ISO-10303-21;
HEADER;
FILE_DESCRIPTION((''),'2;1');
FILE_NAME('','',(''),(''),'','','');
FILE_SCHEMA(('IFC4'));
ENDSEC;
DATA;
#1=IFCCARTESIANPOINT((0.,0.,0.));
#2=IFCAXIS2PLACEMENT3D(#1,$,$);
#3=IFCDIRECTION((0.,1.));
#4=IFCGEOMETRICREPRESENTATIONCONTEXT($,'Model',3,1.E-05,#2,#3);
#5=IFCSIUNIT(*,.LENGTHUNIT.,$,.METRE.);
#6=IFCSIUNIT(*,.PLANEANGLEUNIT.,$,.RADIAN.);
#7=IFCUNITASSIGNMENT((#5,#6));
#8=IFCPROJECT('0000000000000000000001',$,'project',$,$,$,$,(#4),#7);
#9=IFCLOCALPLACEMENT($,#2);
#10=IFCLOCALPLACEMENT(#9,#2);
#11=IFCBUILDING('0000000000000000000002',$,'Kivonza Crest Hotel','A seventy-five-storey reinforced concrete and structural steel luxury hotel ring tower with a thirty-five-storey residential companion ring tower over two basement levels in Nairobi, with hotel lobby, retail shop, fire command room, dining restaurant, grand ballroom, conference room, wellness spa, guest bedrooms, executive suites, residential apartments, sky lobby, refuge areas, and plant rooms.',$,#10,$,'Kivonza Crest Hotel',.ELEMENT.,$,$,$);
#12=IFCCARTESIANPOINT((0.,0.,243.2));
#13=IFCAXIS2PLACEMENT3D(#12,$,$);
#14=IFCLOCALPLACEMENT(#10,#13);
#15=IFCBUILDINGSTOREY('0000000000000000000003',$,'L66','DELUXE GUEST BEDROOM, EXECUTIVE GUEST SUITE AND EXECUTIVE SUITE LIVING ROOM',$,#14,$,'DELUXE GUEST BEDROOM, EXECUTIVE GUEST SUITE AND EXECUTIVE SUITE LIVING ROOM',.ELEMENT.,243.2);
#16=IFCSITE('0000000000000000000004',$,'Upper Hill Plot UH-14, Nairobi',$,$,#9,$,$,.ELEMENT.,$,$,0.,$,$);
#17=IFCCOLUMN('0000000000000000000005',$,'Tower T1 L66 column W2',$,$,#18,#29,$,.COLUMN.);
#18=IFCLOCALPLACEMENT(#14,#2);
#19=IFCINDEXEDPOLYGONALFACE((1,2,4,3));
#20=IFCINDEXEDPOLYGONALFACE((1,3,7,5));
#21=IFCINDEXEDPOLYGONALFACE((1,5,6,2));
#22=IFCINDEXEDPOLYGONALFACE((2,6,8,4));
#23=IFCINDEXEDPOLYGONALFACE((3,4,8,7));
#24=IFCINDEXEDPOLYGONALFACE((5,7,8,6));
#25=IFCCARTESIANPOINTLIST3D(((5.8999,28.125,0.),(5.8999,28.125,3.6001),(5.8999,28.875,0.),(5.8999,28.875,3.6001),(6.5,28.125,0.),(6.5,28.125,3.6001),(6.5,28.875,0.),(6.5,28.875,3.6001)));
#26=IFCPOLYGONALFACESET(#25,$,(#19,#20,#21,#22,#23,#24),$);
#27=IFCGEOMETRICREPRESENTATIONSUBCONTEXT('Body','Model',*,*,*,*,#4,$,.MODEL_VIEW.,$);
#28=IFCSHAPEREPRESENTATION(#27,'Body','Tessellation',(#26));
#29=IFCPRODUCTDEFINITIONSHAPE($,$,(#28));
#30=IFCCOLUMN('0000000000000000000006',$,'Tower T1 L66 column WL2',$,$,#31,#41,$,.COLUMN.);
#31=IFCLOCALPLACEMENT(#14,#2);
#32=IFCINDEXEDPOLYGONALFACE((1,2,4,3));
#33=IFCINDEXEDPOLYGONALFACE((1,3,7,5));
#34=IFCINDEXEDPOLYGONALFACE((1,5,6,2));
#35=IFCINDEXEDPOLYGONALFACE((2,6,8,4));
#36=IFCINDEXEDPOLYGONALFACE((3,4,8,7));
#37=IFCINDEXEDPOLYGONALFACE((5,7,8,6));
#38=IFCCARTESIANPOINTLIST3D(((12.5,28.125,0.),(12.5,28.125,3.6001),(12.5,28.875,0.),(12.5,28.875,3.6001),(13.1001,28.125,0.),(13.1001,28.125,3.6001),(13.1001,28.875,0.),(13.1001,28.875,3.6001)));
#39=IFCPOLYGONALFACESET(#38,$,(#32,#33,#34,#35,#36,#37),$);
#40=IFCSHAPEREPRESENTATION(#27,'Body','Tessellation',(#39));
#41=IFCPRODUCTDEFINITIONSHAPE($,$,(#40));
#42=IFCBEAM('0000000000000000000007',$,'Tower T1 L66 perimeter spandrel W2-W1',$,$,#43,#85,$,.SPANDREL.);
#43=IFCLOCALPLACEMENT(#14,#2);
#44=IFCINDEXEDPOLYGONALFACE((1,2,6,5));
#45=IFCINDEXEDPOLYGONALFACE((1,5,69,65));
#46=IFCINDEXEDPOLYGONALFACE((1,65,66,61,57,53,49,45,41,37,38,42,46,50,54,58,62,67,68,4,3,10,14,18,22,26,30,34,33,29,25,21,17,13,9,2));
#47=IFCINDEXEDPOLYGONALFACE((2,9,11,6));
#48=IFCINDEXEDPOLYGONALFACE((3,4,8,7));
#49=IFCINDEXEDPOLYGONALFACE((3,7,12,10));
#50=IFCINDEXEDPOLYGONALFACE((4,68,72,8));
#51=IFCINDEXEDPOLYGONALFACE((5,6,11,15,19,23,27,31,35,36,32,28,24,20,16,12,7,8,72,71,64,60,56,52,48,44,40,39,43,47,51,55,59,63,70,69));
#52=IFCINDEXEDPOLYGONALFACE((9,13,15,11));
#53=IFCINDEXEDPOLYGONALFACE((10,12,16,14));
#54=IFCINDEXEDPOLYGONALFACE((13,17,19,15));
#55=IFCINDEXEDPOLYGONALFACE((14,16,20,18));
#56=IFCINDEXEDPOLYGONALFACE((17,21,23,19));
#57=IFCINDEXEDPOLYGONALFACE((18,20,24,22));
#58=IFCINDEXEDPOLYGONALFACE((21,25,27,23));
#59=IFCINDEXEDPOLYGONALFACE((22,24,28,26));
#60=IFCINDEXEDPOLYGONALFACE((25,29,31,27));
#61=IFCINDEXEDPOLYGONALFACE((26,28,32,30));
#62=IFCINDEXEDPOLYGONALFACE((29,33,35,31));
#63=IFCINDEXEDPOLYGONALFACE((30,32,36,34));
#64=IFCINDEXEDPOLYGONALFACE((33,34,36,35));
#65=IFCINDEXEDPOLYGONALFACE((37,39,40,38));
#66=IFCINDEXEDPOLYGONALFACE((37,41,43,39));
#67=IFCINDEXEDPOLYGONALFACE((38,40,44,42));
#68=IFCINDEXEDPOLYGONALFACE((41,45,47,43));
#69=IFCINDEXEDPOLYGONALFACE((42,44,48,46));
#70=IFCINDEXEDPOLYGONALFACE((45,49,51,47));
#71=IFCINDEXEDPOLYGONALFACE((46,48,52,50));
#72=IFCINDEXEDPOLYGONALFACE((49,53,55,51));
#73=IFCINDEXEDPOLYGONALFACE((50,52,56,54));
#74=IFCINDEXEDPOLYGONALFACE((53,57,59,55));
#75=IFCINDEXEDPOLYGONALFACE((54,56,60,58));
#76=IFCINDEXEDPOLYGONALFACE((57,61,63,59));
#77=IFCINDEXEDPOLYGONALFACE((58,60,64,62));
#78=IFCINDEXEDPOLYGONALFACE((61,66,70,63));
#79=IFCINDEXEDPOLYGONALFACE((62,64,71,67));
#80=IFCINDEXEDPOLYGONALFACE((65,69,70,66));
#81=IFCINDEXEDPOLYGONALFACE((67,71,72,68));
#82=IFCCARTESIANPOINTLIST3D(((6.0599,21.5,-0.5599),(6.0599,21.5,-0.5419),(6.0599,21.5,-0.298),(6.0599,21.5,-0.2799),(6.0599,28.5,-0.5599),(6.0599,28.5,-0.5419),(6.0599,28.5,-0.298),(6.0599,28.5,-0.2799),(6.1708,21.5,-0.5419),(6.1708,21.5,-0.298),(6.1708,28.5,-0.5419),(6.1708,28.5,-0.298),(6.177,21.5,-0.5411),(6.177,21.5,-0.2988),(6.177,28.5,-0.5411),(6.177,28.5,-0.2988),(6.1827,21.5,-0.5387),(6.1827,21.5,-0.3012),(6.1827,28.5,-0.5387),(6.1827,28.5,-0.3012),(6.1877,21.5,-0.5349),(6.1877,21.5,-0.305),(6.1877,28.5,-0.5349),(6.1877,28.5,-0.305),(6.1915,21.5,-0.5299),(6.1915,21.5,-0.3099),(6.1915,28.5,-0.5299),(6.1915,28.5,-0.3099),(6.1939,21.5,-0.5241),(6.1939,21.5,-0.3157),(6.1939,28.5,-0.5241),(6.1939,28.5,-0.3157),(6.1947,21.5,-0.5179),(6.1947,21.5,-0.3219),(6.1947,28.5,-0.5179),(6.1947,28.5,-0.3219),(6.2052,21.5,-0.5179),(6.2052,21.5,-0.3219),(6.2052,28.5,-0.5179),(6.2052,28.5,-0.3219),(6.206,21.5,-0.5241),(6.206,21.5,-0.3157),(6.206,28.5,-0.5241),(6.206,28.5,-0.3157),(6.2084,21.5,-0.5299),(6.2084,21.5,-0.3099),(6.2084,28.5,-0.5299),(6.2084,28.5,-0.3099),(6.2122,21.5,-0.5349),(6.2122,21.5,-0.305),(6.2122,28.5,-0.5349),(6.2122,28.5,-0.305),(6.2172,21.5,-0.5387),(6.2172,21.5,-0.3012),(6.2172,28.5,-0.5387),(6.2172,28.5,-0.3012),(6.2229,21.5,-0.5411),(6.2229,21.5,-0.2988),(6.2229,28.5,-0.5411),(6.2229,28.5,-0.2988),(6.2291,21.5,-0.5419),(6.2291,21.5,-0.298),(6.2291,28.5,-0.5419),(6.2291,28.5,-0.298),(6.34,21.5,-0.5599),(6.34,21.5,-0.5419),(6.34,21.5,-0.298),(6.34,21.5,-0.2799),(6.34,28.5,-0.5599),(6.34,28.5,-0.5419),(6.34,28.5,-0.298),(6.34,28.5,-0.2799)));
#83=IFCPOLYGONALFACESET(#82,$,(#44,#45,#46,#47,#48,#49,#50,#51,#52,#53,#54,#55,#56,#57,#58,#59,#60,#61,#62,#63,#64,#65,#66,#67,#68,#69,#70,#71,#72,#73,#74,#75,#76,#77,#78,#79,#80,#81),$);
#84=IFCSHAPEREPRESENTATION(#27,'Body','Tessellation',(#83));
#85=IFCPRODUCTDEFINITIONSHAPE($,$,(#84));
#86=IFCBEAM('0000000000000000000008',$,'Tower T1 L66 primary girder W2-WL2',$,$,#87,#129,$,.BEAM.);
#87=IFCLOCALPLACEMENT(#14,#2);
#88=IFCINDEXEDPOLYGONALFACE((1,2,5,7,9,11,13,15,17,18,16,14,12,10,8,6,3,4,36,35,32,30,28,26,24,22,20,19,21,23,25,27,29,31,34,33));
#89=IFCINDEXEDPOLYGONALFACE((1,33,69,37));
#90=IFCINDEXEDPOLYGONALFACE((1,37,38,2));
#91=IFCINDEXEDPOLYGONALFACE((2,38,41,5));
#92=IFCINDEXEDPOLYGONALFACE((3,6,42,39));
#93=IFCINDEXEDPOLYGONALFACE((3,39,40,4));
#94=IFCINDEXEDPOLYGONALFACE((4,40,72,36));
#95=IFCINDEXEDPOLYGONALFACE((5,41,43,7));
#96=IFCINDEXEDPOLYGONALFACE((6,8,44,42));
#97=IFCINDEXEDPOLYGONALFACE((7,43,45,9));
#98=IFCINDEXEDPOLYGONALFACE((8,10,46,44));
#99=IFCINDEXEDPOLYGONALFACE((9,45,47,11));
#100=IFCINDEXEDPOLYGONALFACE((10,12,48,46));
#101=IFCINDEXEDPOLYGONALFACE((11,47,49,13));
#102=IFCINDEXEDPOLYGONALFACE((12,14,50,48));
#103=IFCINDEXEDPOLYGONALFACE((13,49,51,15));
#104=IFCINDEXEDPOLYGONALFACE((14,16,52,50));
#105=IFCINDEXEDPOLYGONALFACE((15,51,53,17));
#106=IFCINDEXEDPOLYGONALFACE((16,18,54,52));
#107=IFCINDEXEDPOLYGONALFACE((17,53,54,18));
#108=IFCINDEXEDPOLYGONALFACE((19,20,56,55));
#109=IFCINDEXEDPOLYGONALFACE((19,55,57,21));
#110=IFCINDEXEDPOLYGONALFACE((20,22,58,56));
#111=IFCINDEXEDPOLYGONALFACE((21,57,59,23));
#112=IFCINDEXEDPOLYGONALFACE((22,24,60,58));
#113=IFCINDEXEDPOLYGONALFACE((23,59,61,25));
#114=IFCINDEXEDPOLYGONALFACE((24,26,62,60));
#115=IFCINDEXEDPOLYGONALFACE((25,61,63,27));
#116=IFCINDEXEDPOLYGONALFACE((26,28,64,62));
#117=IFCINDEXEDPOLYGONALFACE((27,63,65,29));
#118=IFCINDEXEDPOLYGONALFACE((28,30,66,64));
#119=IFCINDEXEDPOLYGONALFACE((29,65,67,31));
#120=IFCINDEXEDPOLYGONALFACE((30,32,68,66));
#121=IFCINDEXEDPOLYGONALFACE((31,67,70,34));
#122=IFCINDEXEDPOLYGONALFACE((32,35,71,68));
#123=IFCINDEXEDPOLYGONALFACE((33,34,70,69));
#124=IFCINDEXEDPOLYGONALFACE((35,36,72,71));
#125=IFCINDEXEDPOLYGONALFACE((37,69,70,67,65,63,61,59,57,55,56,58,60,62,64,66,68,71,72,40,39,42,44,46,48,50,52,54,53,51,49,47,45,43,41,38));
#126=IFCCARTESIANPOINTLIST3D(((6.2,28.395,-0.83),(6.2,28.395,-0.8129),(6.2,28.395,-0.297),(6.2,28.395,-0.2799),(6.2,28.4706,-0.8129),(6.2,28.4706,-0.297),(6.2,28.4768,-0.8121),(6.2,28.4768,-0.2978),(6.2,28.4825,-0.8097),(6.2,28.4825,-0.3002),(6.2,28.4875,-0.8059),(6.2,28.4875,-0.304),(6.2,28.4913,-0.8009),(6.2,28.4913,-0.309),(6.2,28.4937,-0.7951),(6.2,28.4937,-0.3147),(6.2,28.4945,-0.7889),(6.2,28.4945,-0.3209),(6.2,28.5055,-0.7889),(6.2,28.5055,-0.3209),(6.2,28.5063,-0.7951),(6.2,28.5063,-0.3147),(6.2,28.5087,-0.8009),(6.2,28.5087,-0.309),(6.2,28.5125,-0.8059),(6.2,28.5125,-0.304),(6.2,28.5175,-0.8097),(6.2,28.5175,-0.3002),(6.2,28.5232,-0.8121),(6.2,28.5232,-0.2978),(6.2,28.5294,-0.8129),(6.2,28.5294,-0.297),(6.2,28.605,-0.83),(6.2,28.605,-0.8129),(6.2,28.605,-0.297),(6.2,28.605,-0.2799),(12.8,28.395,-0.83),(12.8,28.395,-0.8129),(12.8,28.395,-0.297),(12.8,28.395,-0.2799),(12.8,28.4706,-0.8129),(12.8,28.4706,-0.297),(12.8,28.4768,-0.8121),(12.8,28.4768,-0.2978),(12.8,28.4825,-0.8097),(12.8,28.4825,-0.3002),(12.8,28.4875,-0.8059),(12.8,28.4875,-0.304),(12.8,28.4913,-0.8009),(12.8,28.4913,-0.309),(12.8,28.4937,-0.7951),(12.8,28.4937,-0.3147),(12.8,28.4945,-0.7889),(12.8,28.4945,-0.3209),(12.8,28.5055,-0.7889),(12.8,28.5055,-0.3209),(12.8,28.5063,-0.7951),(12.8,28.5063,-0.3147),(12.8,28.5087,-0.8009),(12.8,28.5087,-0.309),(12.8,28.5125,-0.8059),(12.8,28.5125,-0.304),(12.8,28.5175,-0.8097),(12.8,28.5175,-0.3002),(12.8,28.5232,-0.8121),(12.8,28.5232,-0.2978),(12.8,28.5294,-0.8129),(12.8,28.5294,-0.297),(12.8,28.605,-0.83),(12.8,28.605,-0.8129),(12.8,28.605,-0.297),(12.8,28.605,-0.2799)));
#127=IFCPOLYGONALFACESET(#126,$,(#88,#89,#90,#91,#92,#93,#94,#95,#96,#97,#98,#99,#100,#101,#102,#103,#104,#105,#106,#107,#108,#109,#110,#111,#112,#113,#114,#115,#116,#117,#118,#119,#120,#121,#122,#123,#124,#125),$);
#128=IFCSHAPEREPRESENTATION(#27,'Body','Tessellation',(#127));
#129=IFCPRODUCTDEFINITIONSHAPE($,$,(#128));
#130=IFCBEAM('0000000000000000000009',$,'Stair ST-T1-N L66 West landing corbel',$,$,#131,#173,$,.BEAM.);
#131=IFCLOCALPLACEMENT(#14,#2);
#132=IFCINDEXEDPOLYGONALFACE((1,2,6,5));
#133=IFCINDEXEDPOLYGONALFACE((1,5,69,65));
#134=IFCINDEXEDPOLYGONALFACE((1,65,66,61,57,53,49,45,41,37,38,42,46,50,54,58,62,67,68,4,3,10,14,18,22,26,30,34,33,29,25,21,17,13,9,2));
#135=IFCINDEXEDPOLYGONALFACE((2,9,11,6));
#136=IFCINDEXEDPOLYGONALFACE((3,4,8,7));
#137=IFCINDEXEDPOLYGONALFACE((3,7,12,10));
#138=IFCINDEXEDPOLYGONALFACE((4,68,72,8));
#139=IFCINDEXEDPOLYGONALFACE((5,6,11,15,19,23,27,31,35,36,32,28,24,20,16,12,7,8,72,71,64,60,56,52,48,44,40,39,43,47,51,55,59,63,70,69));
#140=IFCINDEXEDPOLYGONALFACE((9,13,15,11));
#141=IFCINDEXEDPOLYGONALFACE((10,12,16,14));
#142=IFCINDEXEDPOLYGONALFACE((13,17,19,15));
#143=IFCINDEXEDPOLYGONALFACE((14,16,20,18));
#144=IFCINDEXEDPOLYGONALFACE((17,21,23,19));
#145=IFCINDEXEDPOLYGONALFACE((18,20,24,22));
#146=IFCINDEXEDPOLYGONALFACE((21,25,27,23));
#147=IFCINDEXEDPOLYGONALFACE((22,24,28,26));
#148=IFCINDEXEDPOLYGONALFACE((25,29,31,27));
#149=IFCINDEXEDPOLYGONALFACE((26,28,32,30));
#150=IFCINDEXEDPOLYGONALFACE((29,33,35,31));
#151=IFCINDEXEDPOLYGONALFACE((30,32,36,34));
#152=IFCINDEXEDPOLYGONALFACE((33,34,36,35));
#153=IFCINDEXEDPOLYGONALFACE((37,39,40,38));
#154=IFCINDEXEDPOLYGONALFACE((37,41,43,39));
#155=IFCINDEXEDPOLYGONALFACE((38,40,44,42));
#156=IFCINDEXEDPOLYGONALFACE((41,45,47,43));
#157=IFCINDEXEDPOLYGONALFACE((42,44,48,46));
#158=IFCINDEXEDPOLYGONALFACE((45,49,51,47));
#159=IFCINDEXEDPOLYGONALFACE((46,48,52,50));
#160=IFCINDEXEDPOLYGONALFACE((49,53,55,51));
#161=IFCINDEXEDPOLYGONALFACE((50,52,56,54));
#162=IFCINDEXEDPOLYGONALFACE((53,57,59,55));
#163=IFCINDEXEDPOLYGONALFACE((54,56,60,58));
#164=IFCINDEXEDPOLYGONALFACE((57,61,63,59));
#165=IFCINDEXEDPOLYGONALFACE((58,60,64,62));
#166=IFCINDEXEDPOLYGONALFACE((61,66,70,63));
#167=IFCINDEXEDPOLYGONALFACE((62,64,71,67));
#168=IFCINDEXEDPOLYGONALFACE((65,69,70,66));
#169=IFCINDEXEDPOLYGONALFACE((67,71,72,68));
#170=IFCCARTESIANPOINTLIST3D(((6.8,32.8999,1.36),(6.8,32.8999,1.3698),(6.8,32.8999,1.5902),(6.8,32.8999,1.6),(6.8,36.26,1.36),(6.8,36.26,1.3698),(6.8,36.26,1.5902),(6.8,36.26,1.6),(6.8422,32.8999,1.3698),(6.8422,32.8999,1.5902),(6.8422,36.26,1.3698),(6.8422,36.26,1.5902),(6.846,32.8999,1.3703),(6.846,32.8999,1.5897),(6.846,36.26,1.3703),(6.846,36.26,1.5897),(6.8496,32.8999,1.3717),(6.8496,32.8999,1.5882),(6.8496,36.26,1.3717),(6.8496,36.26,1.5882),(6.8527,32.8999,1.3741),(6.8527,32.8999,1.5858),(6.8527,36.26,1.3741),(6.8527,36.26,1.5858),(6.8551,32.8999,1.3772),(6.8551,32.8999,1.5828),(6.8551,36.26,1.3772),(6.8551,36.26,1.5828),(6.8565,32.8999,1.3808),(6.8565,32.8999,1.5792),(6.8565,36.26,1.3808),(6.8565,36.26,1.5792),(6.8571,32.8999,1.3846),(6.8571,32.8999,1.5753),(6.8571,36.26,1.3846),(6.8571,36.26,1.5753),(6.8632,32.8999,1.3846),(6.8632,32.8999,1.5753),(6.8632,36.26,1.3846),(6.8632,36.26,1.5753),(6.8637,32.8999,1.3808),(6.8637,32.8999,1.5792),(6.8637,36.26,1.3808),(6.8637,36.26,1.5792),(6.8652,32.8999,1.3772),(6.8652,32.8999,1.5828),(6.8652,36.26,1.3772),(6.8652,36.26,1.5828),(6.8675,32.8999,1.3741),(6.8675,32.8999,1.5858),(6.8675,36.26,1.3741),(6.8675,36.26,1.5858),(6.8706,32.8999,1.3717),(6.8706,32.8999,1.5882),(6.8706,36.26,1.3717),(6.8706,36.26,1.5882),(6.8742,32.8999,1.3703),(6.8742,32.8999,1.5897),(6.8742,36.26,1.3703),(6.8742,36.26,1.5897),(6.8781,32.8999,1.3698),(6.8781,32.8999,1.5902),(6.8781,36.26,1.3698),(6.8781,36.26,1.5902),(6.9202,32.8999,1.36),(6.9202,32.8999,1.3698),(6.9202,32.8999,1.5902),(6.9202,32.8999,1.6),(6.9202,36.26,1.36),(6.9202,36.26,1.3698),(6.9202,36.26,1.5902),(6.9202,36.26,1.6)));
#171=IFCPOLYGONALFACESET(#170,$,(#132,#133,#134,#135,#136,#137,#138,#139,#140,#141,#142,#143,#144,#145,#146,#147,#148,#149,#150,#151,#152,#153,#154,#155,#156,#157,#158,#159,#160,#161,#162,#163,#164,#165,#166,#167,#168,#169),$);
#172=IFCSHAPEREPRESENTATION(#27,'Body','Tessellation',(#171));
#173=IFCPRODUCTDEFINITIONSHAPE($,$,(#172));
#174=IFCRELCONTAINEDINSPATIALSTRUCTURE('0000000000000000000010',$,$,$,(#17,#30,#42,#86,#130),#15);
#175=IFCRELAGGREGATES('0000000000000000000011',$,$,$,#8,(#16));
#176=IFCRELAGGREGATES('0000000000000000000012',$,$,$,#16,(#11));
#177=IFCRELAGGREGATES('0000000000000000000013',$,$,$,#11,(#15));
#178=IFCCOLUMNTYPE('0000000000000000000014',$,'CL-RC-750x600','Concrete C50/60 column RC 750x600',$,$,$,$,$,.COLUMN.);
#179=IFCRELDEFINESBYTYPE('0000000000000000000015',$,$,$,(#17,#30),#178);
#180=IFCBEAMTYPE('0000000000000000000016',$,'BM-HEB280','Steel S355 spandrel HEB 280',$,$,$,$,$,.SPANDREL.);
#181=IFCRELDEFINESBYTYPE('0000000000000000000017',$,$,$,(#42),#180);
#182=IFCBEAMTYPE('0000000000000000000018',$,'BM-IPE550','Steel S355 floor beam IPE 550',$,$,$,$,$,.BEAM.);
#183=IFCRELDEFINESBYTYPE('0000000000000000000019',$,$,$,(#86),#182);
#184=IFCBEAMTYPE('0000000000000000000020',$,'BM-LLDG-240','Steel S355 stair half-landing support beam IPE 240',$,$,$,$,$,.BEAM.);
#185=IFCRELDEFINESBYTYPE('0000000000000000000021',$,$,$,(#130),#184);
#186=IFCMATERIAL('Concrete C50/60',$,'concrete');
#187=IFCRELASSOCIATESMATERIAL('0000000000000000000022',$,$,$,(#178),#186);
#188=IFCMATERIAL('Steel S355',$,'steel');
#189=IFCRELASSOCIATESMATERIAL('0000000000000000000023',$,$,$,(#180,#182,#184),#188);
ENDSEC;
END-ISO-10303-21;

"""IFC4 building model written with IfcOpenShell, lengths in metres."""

from ifc_helpers import new_model, si_unit, direction, frame, origin, origin_2d, place, context, subcontext, project, spatial, rectangle, i_section, extrude, material, material_profile, profile_set, type_object, element, save


model = new_model("IFC4")

# Units and contexts
model_context = context("Model", 3, precision=1e-05, world=origin(), true_north=direction((0.0, 1.0)))
body_context = subcontext(model_context, "Body", "Model", "MODEL_VIEW")
ifc_project = project(units=[si_unit("LENGTHUNIT", "METRE"), si_unit("PLANEANGLEUNIT", "RADIAN")], contexts=[model_context])

# Site, building, storey
site_placement = place(None, origin())
site = spatial("IfcSite", under=ifc_project, at=site_placement, Name="Upper Hill Plot UH-14, Nairobi", CompositionType="ELEMENT", RefElevation=0.0)
building_placement = place(site_placement, origin())
building = spatial("IfcBuilding", under=site, at=building_placement, Name="Kivonza Crest Hotel", Description="A seventy-five-storey reinforced concrete and structural steel luxury hotel ring tower with a thirty-five-storey residential companion ring tower over two basement levels in Nairobi, with hotel lobby, retail shop, fire command room, dining restaurant, grand ballroom, conference room, wellness spa, guest bedrooms, executive suites, residential apartments, sky lobby, refuge areas, and plant rooms.", LongName="Kivonza Crest Hotel", CompositionType="ELEMENT")
storey_placement = place(building_placement, frame((0.0, 0.0, 243.2)))
storey = spatial("IfcBuildingStorey", under=building, at=storey_placement, Name="L66", Description="DELUXE GUEST BEDROOM, EXECUTIVE GUEST SUITE AND EXECUTIVE SUITE LIVING ROOM", LongName="DELUXE GUEST BEDROOM, EXECUTIVE GUEST SUITE AND EXECUTIVE SUITE LIVING ROOM", CompositionType="ELEMENT", Elevation=243.2)

# Columns
ifc_material_1 = material(Name="Concrete C50/60", Category="concrete")
ifc_material_profile_1 = material_profile(ifc_material_1, rectangle(XDim=0.6001, YDim=0.75, at=origin_2d()), Name="RC 750x600")
ifc_profile_set_1 = profile_set([ifc_material_profile_1], Name="Concrete C50/60")
column_type = type_object("IfcColumnType", Name="CL-RC-750x600", Description="Concrete C50/60 column RC 750x600", PredefinedType="COLUMN", material=ifc_profile_set_1)
for number, where, z_axis, x_axis, name in (
    (1, (6.2, 28.5, 0.0), (0.0, 0.0, 1.0), (1.0, 0.0, 0.0), "Tower T1 L66 column W2"),
    (2, (12.8, 28.5, 0.0), (0.0, 0.0, 1.0), (1.0, 0.0, 0.0), "Tower T1 L66 column WL2"),
):
    element("IfcColumn", number, at=place(storey_placement, frame(where, z_axis=z_axis, x_axis=x_axis)), inside=storey, type_object=column_type, Name=name, PredefinedType="COLUMN", context=body_context, shape_type="SweptSolid", body=[
        extrude(rectangle(XDim=0.6001, YDim=0.75, at=origin_2d()), origin(), (0.0, 0.0, 1.0), 3.6001),
    ])

# Beams
ifc_material_2 = material(Name="Steel S355", Category="steel")
ifc_material_profile_2 = material_profile(ifc_material_2, i_section(OverallWidth=0.28, OverallDepth=0.28, WebThickness=0.0105, FlangeThickness=0.0181, FilletRadius=0.0239, at=origin_2d()), Name="HEB 280")
ifc_profile_set_2 = profile_set([ifc_material_profile_2], Name="Steel S355")
beam_type_1 = type_object("IfcBeamType", Name="BM-HEB280", Description="Steel S355 spandrel HEB 280", PredefinedType="SPANDREL", material=ifc_profile_set_2)
beam_1_placement = place(storey_placement, frame((6.2, 28.5, -0.4199), z_axis=(0.0, -1.0, 0.0), x_axis=(1.0, 0.0, 0.0)))
element("IfcBeam", 3, at=beam_1_placement, inside=storey, type_object=beam_type_1, Name="Tower T1 L66 perimeter spandrel W2-W1", PredefinedType="SPANDREL", context=body_context, shape_type="SweptSolid", body=[
    extrude(i_section(OverallWidth=0.28, OverallDepth=0.28, WebThickness=0.0105, FlangeThickness=0.0181, FilletRadius=0.0239, at=origin_2d()), origin(), (0.0, 0.0, 1.0), 7.0),
])
ifc_material_profile_3 = material_profile(ifc_material_2, i_section(OverallWidth=0.21, OverallDepth=0.55, WebThickness=0.011, FlangeThickness=0.0171, FilletRadius=0.0239, at=origin_2d()), Name="IPE 550")
ifc_profile_set_3 = profile_set([ifc_material_profile_3], Name="Steel S355")
beam_type_2 = type_object("IfcBeamType", Name="BM-IPE550", Description="Steel S355 floor beam IPE 550", PredefinedType="BEAM", material=ifc_profile_set_3)
beam_2_placement = place(storey_placement, frame((6.2, 28.5, -0.5549), z_axis=(1.0, 0.0, 0.0), x_axis=(0.0, 1.0, 0.0)))
element("IfcBeam", 4, at=beam_2_placement, inside=storey, type_object=beam_type_2, Name="Tower T1 L66 primary girder W2-WL2", PredefinedType="BEAM", context=body_context, shape_type="SweptSolid", body=[
    extrude(i_section(OverallWidth=0.21, OverallDepth=0.55, WebThickness=0.011, FlangeThickness=0.0171, FilletRadius=0.0239, at=origin_2d()), origin(), (0.0, 0.0, 1.0), 6.6001),
])
ifc_material_profile_4 = material_profile(ifc_material_2, i_section(OverallWidth=0.1201, OverallDepth=0.24, WebThickness=0.0061, FlangeThickness=0.0098, FilletRadius=0.0149, at=origin_2d()), Name="IPE 240")
ifc_profile_set_4 = profile_set([ifc_material_profile_4], Name="Steel S355")
beam_type_3 = type_object("IfcBeamType", Name="BM-LLDG-240", Description="Steel S355 stair half-landing support beam IPE 240", PredefinedType="BEAM", material=ifc_profile_set_4)
beam_3_placement = place(storey_placement, frame((6.8601, 32.8999, 1.48), z_axis=(0.0, 1.0, 0.0), x_axis=(-1.0, 0.0, 0.0)))
element("IfcBeam", 5, at=beam_3_placement, inside=storey, type_object=beam_type_3, Name="Stair ST-T1-N L66 West landing corbel", PredefinedType="BEAM", context=body_context, shape_type="SweptSolid", body=[
    extrude(i_section(OverallWidth=0.1201, OverallDepth=0.24, WebThickness=0.0061, FlangeThickness=0.0098, FilletRadius=0.0149, at=origin_2d()), origin(), (0.0, 0.0, 1.0), 3.3601),
])

save(model, "model.ifc")
